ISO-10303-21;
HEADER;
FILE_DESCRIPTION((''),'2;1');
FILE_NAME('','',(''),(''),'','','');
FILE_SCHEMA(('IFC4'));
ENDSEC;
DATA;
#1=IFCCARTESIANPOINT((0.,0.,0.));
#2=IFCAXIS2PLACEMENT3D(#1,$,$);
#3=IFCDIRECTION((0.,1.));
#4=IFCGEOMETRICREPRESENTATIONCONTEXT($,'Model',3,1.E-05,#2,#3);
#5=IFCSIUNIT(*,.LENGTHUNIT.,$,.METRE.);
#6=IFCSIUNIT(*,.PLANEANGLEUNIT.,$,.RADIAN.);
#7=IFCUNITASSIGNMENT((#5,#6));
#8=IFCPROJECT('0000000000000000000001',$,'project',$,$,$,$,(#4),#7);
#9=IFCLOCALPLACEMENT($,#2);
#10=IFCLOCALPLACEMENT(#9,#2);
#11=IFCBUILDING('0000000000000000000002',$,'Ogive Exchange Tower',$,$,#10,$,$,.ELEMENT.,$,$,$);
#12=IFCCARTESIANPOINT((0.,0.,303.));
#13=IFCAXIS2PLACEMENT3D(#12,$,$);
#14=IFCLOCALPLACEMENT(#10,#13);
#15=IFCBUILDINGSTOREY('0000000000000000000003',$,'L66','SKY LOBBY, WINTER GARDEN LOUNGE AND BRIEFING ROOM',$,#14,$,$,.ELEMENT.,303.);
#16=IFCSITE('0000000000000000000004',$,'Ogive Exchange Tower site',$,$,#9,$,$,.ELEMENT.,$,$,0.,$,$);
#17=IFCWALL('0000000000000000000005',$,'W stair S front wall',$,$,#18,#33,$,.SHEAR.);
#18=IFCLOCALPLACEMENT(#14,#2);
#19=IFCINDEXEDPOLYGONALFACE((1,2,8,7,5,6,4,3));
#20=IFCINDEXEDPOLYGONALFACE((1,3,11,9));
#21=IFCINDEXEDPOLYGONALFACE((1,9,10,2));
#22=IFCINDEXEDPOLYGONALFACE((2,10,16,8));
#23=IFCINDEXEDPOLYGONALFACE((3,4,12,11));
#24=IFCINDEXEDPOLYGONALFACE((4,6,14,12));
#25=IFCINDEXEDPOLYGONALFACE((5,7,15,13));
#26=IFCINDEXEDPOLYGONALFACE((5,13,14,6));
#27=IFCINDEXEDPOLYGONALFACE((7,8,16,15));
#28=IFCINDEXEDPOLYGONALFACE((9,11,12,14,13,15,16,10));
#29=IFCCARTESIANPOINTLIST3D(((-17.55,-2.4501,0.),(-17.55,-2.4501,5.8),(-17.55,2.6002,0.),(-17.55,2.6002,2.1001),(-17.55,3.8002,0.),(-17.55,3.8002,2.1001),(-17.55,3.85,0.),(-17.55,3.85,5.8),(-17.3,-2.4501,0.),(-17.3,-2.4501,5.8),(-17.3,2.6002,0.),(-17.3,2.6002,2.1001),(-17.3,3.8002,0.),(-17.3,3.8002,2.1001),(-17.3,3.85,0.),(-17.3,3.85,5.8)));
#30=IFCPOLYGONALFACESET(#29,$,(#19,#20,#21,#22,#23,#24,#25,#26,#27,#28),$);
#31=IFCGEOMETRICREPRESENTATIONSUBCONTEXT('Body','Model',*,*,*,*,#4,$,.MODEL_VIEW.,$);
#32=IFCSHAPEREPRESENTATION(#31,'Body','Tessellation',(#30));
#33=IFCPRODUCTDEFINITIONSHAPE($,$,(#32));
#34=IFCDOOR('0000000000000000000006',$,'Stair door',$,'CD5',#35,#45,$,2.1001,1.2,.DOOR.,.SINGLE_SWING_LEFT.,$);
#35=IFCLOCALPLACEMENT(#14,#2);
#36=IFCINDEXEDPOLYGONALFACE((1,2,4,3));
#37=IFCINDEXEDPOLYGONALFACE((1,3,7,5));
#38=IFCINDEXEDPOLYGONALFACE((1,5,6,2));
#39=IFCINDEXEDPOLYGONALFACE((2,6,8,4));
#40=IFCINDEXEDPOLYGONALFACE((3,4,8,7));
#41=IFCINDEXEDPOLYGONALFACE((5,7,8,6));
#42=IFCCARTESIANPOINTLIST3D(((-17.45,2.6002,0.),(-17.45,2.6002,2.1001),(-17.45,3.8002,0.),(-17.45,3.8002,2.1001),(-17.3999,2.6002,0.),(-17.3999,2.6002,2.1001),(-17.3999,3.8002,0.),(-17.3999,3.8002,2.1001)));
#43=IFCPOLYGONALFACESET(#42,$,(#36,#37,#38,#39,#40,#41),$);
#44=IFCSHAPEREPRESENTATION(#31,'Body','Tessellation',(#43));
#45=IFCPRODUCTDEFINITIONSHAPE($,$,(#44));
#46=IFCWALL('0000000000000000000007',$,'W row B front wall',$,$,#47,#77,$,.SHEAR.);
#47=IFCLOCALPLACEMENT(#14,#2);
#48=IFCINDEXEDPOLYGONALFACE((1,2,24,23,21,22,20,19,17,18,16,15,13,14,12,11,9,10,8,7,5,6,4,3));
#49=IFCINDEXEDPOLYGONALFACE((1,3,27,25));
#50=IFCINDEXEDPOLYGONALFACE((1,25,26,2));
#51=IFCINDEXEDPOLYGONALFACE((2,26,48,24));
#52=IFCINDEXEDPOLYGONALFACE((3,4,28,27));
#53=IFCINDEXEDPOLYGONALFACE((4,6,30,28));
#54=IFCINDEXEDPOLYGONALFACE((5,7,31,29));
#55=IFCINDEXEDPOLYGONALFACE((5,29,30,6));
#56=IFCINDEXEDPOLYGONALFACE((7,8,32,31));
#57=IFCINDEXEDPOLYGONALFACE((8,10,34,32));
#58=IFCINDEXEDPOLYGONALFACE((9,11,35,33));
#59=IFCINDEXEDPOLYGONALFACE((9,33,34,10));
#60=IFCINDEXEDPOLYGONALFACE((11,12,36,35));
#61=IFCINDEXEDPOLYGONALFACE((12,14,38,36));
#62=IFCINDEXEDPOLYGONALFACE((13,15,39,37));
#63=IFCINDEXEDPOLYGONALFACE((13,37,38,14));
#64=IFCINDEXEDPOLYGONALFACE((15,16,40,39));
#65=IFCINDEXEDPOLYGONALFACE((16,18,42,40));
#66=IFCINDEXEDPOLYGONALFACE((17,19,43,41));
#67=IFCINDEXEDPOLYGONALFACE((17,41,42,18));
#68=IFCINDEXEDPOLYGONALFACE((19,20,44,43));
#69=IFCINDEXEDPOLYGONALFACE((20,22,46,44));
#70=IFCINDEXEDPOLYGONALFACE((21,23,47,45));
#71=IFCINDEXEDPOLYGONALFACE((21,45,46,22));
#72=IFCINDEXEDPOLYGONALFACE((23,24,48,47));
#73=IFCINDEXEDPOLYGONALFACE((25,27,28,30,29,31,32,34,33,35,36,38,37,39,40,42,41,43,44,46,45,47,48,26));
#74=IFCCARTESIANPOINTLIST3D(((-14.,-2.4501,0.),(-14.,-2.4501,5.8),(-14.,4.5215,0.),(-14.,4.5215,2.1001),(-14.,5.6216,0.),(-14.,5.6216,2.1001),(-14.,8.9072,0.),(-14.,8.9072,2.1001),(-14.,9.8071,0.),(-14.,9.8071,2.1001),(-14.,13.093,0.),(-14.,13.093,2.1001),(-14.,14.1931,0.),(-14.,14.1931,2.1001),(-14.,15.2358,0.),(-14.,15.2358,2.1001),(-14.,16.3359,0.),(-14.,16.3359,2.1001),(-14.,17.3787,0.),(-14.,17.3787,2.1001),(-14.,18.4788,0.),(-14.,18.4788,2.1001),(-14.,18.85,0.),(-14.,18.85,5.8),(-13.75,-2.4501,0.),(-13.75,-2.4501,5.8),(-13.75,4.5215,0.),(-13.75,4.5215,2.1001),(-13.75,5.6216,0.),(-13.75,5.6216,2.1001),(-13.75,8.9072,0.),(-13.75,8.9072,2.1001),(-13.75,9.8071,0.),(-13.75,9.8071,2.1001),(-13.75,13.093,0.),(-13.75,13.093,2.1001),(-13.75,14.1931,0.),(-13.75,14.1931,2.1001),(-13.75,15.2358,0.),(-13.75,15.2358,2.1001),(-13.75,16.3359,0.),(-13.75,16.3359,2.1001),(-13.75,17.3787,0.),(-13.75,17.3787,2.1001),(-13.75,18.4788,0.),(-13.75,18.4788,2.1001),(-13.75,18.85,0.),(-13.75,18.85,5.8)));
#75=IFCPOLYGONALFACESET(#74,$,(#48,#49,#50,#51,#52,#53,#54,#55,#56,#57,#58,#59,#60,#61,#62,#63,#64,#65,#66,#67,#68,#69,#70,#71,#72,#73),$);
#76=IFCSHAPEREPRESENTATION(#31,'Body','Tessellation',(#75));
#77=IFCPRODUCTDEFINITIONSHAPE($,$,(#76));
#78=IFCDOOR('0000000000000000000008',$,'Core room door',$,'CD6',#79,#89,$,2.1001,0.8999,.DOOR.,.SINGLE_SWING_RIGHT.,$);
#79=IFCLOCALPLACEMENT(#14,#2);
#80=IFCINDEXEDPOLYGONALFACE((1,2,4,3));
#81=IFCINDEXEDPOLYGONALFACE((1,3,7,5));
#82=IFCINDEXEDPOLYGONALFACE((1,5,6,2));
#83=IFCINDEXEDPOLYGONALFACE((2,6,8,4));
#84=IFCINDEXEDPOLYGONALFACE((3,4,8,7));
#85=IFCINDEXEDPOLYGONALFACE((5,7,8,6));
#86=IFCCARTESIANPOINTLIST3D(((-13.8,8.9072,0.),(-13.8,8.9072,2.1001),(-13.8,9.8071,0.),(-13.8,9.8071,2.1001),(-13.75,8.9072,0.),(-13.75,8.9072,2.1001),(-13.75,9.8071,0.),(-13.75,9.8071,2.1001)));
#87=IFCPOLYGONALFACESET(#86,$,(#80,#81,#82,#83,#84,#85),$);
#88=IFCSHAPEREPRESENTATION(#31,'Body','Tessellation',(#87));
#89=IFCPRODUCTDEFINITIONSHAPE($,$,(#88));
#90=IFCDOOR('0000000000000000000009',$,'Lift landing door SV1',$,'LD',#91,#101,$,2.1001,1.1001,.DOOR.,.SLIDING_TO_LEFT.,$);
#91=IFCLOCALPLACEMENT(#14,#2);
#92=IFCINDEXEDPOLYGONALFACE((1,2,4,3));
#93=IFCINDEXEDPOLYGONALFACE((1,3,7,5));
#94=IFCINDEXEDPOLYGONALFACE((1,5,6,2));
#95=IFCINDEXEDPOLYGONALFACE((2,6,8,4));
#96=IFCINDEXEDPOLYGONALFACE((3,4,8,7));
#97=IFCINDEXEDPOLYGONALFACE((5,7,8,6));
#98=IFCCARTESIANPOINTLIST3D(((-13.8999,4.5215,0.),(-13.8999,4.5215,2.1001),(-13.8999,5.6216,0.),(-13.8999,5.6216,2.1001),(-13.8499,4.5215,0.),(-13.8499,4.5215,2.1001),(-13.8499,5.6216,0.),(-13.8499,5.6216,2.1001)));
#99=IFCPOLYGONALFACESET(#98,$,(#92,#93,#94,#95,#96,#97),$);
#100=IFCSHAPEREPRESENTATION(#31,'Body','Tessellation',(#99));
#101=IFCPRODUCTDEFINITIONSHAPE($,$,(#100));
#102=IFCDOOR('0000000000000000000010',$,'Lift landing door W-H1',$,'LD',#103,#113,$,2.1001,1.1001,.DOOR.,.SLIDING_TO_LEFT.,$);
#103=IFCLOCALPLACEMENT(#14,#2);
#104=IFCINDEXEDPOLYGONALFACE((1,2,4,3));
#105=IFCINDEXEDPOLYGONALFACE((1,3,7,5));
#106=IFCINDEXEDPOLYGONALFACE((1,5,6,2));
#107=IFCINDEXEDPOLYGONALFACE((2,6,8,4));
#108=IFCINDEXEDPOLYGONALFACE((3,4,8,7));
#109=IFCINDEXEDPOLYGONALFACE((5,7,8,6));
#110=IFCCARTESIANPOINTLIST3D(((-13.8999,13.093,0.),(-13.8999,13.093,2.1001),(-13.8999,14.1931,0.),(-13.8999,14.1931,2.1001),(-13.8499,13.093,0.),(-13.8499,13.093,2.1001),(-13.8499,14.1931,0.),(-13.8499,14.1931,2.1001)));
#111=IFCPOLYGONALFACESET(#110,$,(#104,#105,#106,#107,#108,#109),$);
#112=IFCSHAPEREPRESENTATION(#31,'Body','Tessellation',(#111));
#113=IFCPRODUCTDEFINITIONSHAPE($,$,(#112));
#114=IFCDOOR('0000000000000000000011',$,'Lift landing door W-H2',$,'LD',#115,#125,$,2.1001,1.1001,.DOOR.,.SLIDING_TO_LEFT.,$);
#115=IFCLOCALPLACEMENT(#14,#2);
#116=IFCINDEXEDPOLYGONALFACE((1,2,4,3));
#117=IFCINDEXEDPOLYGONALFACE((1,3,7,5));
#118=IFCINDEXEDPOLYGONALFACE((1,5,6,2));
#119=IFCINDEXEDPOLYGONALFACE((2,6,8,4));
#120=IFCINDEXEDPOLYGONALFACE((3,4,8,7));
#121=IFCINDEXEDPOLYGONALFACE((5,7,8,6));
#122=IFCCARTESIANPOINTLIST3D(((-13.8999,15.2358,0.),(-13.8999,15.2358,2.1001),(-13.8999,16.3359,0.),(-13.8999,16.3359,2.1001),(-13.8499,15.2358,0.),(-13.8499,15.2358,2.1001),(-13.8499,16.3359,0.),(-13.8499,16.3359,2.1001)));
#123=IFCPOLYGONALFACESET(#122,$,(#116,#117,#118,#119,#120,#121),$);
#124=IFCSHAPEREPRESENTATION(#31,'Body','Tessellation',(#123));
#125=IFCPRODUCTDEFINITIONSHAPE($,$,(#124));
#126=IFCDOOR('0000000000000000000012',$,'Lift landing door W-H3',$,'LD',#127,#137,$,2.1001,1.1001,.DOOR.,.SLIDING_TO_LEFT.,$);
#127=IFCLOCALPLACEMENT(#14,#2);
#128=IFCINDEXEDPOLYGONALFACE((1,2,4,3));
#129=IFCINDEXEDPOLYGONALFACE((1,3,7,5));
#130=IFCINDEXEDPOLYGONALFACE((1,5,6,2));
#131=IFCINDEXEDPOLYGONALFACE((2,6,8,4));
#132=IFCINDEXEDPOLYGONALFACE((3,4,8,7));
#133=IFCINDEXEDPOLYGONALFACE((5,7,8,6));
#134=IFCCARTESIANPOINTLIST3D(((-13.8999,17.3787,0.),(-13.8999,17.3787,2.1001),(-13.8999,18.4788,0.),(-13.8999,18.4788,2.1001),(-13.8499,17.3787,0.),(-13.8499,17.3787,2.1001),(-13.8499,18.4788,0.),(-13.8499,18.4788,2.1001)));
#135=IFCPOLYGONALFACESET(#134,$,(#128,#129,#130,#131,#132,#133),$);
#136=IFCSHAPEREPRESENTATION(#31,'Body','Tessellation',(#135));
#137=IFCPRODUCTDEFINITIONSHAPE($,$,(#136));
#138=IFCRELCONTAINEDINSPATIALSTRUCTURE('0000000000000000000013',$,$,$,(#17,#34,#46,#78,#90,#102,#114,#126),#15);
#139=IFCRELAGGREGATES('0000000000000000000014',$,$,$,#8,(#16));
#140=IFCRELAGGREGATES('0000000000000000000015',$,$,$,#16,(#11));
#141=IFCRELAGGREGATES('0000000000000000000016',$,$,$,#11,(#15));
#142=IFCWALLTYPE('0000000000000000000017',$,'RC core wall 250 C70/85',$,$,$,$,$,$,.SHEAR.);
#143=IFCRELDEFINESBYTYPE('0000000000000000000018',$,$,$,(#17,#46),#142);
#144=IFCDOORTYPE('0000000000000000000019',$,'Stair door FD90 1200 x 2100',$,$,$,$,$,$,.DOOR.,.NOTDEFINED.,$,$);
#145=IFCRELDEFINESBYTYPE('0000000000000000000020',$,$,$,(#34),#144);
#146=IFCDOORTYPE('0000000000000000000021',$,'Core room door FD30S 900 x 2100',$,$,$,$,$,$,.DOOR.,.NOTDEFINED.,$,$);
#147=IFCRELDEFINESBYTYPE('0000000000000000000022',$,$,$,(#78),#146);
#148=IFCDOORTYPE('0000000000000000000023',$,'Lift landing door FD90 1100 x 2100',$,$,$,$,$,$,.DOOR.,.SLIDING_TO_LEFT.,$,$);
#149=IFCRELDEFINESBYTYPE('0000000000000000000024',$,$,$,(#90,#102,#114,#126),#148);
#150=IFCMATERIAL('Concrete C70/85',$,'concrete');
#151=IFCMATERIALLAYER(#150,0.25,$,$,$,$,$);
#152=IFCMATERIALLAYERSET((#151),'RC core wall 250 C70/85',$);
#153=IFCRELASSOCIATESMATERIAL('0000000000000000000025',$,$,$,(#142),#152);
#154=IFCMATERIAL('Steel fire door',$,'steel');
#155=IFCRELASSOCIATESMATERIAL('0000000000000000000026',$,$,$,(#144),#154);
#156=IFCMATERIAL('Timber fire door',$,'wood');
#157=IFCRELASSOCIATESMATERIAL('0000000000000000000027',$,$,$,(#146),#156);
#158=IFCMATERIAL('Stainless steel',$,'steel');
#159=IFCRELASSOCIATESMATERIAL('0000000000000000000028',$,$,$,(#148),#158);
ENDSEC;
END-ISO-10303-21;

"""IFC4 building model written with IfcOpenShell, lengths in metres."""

from ifc_helpers import new_model, si_unit, direction, frame, frame_2d, origin, place, context, subcontext, project, spatial, rectangle, extrude, material, layer, layer_set, type_object, element, fill, save


model = new_model("IFC4")

# Units and contexts
model_context = context("Model", 3, precision=1e-05, world=origin(), true_north=direction((0.0, 1.0)))
body_context = subcontext(model_context, "Body", "Model", "MODEL_VIEW")
ifc_project = project(units=[si_unit("LENGTHUNIT", "METRE"), si_unit("PLANEANGLEUNIT", "RADIAN")], contexts=[model_context])

# Site, building, storey
site_placement = place(None, origin())
site = spatial("IfcSite", under=ifc_project, at=site_placement, Name="Ogive Exchange Tower site", CompositionType="ELEMENT", RefElevation=0.0)
building_placement = place(site_placement, origin())
building = spatial("IfcBuilding", under=site, at=building_placement, Name="Ogive Exchange Tower", CompositionType="ELEMENT")
storey_placement = place(building_placement, frame((0.0, 0.0, 303.0)))
storey = spatial("IfcBuildingStorey", under=building, at=storey_placement, Name="L66", Description="SKY LOBBY, WINTER GARDEN LOUNGE AND BRIEFING ROOM", CompositionType="ELEMENT", Elevation=303.0)

# Wall, opening, door
ifc_material_1 = material(Name="Concrete C70/85", Category="concrete")
ifc_layer_1 = layer(ifc_material_1, 0.25)
ifc_layer_set_1 = layer_set([ifc_layer_1], Name="RC core wall 250 C70/85")
wall_type = type_object("IfcWallType", Name="RC core wall 250 C70/85", PredefinedType="SHEAR", material=ifc_layer_set_1)
wall_1_placement = place(storey_placement, frame((-17.425, -2.45, 0.0), z_axis=(0.0, 0.0, 1.0), x_axis=(0.0, 1.0, 0.0)))
wall_1 = element("IfcWall", 1, at=wall_1_placement, inside=storey, type_object=wall_type, Name="W stair S front wall", PredefinedType="SHEAR", context=body_context, shape_type="SweptSolid", body=[
    extrude(rectangle(XDim=6.3, YDim=0.25, at=frame_2d((3.1499, 0.0))), origin(), (0.0, 0.0, 1.0), 5.8),
])
opening_1_placement = place(wall_1_placement, frame((5.05, 0.0, 0.0)))
opening_1 = element("IfcOpeningElement", 2, at=opening_1_placement, cuts=wall_1, PredefinedType="OPENING", context=body_context, shape_type="SweptSolid", body=[
    extrude(rectangle(XDim=1.2, YDim=2.1001, at=frame_2d((0.6001, 1.05))), frame((0.0, 0.135, 0.0), z_axis=(0.0, -1.0, 0.0), x_axis=(1.0, 0.0, 0.0)), (0.0, 0.0, 1.0), 0.27),
])
ifc_material_2 = material(Name="Steel fire door", Category="steel")
door_type_1 = type_object("IfcDoorType", Name="Stair door FD90 1200 x 2100", OperationType="NOTDEFINED", PredefinedType="DOOR", material=ifc_material_2)
door_1_placement = place(opening_1_placement, origin())
door_1 = element("IfcDoor", 3, at=door_1_placement, inside=storey, type_object=door_type_1, Name="Stair door", ObjectType="CD5", OperationType="SINGLE_SWING_LEFT", OverallHeight=2.1001, OverallWidth=1.2, PredefinedType="DOOR", context=body_context, shape_type="SweptSolid", body=[
    extrude(rectangle(XDim=1.2, YDim=2.1001, at=frame_2d((0.6001, 1.05))), frame((0.0, 0.0249, 0.0), z_axis=(0.0, -1.0, 0.0), x_axis=(1.0, 0.0, 0.0)), (0.0, 0.0, 1.0), 0.05),
])
fill(opening_1, door_1)

# Wall, openings, doors
wall_2_placement = place(storey_placement, frame((-13.875, -2.45, 0.0), z_axis=(0.0, 0.0, 1.0), x_axis=(0.0, 1.0, 0.0)))
wall_2 = element("IfcWall", 4, at=wall_2_placement, inside=storey, type_object=wall_type, Name="W row B front wall", PredefinedType="SHEAR", context=body_context, shape_type="SweptSolid", body=[
    extrude(rectangle(XDim=21.3, YDim=0.25, at=frame_2d((10.6499, 0.0))), origin(), (0.0, 0.0, 1.0), 5.8),
])
opening_2_placement = place(wall_2_placement, frame((11.3572, 0.0, 0.0)))
opening_2 = element("IfcOpeningElement", 5, at=opening_2_placement, cuts=wall_2, PredefinedType="OPENING", context=body_context, shape_type="SweptSolid", body=[
    extrude(rectangle(XDim=0.8999, YDim=2.1001, at=frame_2d((0.45, 1.05))), frame((0.0, 0.135, 0.0), z_axis=(0.0, -1.0, 0.0), x_axis=(1.0, 0.0, 0.0)), (0.0, 0.0, 1.0), 0.27),
])
opening_3_placement = place(wall_2_placement, frame((6.9714, 0.0, 0.0)))
opening_3 = element("IfcOpeningElement", 6, at=opening_3_placement, cuts=wall_2, PredefinedType="OPENING", context=body_context, shape_type="SweptSolid", body=[
    extrude(rectangle(XDim=1.1001, YDim=2.1001, at=frame_2d((0.55, 1.05))), frame((0.0, 0.135, 0.0), z_axis=(0.0, -1.0, 0.0), x_axis=(1.0, 0.0, 0.0)), (0.0, 0.0, 1.0), 0.27),
])
opening_4_placement = place(wall_2_placement, frame((15.543, 0.0, 0.0)))
opening_4 = element("IfcOpeningElement", 7, at=opening_4_placement, cuts=wall_2, PredefinedType="OPENING", context=body_context, shape_type="SweptSolid", body=[
    extrude(rectangle(XDim=1.1001, YDim=2.1001, at=frame_2d((0.55, 1.05))), frame((0.0, 0.135, 0.0), z_axis=(0.0, -1.0, 0.0), x_axis=(1.0, 0.0, 0.0)), (0.0, 0.0, 1.0), 0.27),
])
opening_5_placement = place(wall_2_placement, frame((17.6858, 0.0, 0.0)))
opening_5 = element("IfcOpeningElement", 8, at=opening_5_placement, cuts=wall_2, PredefinedType="OPENING", context=body_context, shape_type="SweptSolid", body=[
    extrude(rectangle(XDim=1.1001, YDim=2.1001, at=frame_2d((0.55, 1.05))), frame((0.0, 0.135, 0.0), z_axis=(0.0, -1.0, 0.0), x_axis=(1.0, 0.0, 0.0)), (0.0, 0.0, 1.0), 0.27),
])
opening_6_placement = place(wall_2_placement, frame((19.8286, 0.0, 0.0)))
opening_6 = element("IfcOpeningElement", 9, at=opening_6_placement, cuts=wall_2, PredefinedType="OPENING", context=body_context, shape_type="SweptSolid", body=[
    extrude(rectangle(XDim=1.1001, YDim=2.1001, at=frame_2d((0.55, 1.05))), frame((0.0, 0.135, 0.0), z_axis=(0.0, -1.0, 0.0), x_axis=(1.0, 0.0, 0.0)), (0.0, 0.0, 1.0), 0.27),
])
ifc_material_3 = material(Name="Timber fire door", Category="wood")
door_type_2 = type_object("IfcDoorType", Name="Core room door FD30S 900 x 2100", OperationType="NOTDEFINED", PredefinedType="DOOR", material=ifc_material_3)
door_2_placement = place(opening_2_placement, frame((0.8999, -0.2002, 0.0), z_axis=(0.0, 0.0, 1.0), x_axis=(-1.0, 0.0, 0.0)))
door_2 = element("IfcDoor", 10, at=door_2_placement, inside=storey, type_object=door_type_2, Name="Core room door", ObjectType="CD6", OperationType="SINGLE_SWING_RIGHT", OverallHeight=2.1001, OverallWidth=0.8999, PredefinedType="DOOR", context=body_context, shape_type="SweptSolid", body=[
    extrude(rectangle(XDim=0.8999, YDim=2.1001, at=frame_2d((0.45, 1.05))), frame((0.0, -0.0752, 0.0), z_axis=(0.0, -1.0, 0.0), x_axis=(1.0, 0.0, 0.0)), (0.0, 0.0, 1.0), 0.05),
])
fill(opening_2, door_2)
ifc_material_4 = material(Name="Stainless steel", Category="steel")
door_type_3 = type_object("IfcDoorType", Name="Lift landing door FD90 1100 x 2100", OperationType="SLIDING_TO_LEFT", PredefinedType="DOOR", material=ifc_material_4)
door_3_placement = place(opening_3_placement, origin())
door_3 = element("IfcDoor", 11, at=door_3_placement, inside=storey, type_object=door_type_3, Name="Lift landing door SV1", ObjectType="LD", OperationType="SLIDING_TO_LEFT", OverallHeight=2.1001, OverallWidth=1.1001, PredefinedType="DOOR", context=body_context, shape_type="SweptSolid", body=[
    extrude(rectangle(XDim=1.1001, YDim=2.1001, at=frame_2d((0.55, 1.05))), frame((0.0, 0.0249, 0.0), z_axis=(0.0, -1.0, 0.0), x_axis=(1.0, 0.0, 0.0)), (0.0, 0.0, 1.0), 0.05),
])
fill(opening_3, door_3)
door_4_placement = place(opening_4_placement, origin())
door_4 = element("IfcDoor", 12, at=door_4_placement, inside=storey, type_object=door_type_3, Name="Lift landing door W-H1", ObjectType="LD", OperationType="SLIDING_TO_LEFT", OverallHeight=2.1001, OverallWidth=1.1001, PredefinedType="DOOR", context=body_context, shape_type="SweptSolid", body=[
    extrude(rectangle(XDim=1.1001, YDim=2.1001, at=frame_2d((0.55, 1.05))), frame((0.0, 0.0249, 0.0), z_axis=(0.0, -1.0, 0.0), x_axis=(1.0, 0.0, 0.0)), (0.0, 0.0, 1.0), 0.05),
])
fill(opening_4, door_4)
door_5_placement = place(opening_5_placement, origin())
door_5 = element("IfcDoor", 13, at=door_5_placement, inside=storey, type_object=door_type_3, Name="Lift landing door W-H2", ObjectType="LD", OperationType="SLIDING_TO_LEFT", OverallHeight=2.1001, OverallWidth=1.1001, PredefinedType="DOOR", context=body_context, shape_type="SweptSolid", body=[
    extrude(rectangle(XDim=1.1001, YDim=2.1001, at=frame_2d((0.55, 1.05))), frame((0.0, 0.0249, 0.0), z_axis=(0.0, -1.0, 0.0), x_axis=(1.0, 0.0, 0.0)), (0.0, 0.0, 1.0), 0.05),
])
fill(opening_5, door_5)
door_6_placement = place(opening_6_placement, origin())
door_6 = element("IfcDoor", 14, at=door_6_placement, inside=storey, type_object=door_type_3, Name="Lift landing door W-H3", ObjectType="LD", OperationType="SLIDING_TO_LEFT", OverallHeight=2.1001, OverallWidth=1.1001, PredefinedType="DOOR", context=body_context, shape_type="SweptSolid", body=[
    extrude(rectangle(XDim=1.1001, YDim=2.1001, at=frame_2d((0.55, 1.05))), frame((0.0, 0.0249, 0.0), z_axis=(0.0, -1.0, 0.0), x_axis=(1.0, 0.0, 0.0)), (0.0, 0.0, 1.0), 0.05),
])
fill(opening_6, door_6)

save(model, "model.ifc")
